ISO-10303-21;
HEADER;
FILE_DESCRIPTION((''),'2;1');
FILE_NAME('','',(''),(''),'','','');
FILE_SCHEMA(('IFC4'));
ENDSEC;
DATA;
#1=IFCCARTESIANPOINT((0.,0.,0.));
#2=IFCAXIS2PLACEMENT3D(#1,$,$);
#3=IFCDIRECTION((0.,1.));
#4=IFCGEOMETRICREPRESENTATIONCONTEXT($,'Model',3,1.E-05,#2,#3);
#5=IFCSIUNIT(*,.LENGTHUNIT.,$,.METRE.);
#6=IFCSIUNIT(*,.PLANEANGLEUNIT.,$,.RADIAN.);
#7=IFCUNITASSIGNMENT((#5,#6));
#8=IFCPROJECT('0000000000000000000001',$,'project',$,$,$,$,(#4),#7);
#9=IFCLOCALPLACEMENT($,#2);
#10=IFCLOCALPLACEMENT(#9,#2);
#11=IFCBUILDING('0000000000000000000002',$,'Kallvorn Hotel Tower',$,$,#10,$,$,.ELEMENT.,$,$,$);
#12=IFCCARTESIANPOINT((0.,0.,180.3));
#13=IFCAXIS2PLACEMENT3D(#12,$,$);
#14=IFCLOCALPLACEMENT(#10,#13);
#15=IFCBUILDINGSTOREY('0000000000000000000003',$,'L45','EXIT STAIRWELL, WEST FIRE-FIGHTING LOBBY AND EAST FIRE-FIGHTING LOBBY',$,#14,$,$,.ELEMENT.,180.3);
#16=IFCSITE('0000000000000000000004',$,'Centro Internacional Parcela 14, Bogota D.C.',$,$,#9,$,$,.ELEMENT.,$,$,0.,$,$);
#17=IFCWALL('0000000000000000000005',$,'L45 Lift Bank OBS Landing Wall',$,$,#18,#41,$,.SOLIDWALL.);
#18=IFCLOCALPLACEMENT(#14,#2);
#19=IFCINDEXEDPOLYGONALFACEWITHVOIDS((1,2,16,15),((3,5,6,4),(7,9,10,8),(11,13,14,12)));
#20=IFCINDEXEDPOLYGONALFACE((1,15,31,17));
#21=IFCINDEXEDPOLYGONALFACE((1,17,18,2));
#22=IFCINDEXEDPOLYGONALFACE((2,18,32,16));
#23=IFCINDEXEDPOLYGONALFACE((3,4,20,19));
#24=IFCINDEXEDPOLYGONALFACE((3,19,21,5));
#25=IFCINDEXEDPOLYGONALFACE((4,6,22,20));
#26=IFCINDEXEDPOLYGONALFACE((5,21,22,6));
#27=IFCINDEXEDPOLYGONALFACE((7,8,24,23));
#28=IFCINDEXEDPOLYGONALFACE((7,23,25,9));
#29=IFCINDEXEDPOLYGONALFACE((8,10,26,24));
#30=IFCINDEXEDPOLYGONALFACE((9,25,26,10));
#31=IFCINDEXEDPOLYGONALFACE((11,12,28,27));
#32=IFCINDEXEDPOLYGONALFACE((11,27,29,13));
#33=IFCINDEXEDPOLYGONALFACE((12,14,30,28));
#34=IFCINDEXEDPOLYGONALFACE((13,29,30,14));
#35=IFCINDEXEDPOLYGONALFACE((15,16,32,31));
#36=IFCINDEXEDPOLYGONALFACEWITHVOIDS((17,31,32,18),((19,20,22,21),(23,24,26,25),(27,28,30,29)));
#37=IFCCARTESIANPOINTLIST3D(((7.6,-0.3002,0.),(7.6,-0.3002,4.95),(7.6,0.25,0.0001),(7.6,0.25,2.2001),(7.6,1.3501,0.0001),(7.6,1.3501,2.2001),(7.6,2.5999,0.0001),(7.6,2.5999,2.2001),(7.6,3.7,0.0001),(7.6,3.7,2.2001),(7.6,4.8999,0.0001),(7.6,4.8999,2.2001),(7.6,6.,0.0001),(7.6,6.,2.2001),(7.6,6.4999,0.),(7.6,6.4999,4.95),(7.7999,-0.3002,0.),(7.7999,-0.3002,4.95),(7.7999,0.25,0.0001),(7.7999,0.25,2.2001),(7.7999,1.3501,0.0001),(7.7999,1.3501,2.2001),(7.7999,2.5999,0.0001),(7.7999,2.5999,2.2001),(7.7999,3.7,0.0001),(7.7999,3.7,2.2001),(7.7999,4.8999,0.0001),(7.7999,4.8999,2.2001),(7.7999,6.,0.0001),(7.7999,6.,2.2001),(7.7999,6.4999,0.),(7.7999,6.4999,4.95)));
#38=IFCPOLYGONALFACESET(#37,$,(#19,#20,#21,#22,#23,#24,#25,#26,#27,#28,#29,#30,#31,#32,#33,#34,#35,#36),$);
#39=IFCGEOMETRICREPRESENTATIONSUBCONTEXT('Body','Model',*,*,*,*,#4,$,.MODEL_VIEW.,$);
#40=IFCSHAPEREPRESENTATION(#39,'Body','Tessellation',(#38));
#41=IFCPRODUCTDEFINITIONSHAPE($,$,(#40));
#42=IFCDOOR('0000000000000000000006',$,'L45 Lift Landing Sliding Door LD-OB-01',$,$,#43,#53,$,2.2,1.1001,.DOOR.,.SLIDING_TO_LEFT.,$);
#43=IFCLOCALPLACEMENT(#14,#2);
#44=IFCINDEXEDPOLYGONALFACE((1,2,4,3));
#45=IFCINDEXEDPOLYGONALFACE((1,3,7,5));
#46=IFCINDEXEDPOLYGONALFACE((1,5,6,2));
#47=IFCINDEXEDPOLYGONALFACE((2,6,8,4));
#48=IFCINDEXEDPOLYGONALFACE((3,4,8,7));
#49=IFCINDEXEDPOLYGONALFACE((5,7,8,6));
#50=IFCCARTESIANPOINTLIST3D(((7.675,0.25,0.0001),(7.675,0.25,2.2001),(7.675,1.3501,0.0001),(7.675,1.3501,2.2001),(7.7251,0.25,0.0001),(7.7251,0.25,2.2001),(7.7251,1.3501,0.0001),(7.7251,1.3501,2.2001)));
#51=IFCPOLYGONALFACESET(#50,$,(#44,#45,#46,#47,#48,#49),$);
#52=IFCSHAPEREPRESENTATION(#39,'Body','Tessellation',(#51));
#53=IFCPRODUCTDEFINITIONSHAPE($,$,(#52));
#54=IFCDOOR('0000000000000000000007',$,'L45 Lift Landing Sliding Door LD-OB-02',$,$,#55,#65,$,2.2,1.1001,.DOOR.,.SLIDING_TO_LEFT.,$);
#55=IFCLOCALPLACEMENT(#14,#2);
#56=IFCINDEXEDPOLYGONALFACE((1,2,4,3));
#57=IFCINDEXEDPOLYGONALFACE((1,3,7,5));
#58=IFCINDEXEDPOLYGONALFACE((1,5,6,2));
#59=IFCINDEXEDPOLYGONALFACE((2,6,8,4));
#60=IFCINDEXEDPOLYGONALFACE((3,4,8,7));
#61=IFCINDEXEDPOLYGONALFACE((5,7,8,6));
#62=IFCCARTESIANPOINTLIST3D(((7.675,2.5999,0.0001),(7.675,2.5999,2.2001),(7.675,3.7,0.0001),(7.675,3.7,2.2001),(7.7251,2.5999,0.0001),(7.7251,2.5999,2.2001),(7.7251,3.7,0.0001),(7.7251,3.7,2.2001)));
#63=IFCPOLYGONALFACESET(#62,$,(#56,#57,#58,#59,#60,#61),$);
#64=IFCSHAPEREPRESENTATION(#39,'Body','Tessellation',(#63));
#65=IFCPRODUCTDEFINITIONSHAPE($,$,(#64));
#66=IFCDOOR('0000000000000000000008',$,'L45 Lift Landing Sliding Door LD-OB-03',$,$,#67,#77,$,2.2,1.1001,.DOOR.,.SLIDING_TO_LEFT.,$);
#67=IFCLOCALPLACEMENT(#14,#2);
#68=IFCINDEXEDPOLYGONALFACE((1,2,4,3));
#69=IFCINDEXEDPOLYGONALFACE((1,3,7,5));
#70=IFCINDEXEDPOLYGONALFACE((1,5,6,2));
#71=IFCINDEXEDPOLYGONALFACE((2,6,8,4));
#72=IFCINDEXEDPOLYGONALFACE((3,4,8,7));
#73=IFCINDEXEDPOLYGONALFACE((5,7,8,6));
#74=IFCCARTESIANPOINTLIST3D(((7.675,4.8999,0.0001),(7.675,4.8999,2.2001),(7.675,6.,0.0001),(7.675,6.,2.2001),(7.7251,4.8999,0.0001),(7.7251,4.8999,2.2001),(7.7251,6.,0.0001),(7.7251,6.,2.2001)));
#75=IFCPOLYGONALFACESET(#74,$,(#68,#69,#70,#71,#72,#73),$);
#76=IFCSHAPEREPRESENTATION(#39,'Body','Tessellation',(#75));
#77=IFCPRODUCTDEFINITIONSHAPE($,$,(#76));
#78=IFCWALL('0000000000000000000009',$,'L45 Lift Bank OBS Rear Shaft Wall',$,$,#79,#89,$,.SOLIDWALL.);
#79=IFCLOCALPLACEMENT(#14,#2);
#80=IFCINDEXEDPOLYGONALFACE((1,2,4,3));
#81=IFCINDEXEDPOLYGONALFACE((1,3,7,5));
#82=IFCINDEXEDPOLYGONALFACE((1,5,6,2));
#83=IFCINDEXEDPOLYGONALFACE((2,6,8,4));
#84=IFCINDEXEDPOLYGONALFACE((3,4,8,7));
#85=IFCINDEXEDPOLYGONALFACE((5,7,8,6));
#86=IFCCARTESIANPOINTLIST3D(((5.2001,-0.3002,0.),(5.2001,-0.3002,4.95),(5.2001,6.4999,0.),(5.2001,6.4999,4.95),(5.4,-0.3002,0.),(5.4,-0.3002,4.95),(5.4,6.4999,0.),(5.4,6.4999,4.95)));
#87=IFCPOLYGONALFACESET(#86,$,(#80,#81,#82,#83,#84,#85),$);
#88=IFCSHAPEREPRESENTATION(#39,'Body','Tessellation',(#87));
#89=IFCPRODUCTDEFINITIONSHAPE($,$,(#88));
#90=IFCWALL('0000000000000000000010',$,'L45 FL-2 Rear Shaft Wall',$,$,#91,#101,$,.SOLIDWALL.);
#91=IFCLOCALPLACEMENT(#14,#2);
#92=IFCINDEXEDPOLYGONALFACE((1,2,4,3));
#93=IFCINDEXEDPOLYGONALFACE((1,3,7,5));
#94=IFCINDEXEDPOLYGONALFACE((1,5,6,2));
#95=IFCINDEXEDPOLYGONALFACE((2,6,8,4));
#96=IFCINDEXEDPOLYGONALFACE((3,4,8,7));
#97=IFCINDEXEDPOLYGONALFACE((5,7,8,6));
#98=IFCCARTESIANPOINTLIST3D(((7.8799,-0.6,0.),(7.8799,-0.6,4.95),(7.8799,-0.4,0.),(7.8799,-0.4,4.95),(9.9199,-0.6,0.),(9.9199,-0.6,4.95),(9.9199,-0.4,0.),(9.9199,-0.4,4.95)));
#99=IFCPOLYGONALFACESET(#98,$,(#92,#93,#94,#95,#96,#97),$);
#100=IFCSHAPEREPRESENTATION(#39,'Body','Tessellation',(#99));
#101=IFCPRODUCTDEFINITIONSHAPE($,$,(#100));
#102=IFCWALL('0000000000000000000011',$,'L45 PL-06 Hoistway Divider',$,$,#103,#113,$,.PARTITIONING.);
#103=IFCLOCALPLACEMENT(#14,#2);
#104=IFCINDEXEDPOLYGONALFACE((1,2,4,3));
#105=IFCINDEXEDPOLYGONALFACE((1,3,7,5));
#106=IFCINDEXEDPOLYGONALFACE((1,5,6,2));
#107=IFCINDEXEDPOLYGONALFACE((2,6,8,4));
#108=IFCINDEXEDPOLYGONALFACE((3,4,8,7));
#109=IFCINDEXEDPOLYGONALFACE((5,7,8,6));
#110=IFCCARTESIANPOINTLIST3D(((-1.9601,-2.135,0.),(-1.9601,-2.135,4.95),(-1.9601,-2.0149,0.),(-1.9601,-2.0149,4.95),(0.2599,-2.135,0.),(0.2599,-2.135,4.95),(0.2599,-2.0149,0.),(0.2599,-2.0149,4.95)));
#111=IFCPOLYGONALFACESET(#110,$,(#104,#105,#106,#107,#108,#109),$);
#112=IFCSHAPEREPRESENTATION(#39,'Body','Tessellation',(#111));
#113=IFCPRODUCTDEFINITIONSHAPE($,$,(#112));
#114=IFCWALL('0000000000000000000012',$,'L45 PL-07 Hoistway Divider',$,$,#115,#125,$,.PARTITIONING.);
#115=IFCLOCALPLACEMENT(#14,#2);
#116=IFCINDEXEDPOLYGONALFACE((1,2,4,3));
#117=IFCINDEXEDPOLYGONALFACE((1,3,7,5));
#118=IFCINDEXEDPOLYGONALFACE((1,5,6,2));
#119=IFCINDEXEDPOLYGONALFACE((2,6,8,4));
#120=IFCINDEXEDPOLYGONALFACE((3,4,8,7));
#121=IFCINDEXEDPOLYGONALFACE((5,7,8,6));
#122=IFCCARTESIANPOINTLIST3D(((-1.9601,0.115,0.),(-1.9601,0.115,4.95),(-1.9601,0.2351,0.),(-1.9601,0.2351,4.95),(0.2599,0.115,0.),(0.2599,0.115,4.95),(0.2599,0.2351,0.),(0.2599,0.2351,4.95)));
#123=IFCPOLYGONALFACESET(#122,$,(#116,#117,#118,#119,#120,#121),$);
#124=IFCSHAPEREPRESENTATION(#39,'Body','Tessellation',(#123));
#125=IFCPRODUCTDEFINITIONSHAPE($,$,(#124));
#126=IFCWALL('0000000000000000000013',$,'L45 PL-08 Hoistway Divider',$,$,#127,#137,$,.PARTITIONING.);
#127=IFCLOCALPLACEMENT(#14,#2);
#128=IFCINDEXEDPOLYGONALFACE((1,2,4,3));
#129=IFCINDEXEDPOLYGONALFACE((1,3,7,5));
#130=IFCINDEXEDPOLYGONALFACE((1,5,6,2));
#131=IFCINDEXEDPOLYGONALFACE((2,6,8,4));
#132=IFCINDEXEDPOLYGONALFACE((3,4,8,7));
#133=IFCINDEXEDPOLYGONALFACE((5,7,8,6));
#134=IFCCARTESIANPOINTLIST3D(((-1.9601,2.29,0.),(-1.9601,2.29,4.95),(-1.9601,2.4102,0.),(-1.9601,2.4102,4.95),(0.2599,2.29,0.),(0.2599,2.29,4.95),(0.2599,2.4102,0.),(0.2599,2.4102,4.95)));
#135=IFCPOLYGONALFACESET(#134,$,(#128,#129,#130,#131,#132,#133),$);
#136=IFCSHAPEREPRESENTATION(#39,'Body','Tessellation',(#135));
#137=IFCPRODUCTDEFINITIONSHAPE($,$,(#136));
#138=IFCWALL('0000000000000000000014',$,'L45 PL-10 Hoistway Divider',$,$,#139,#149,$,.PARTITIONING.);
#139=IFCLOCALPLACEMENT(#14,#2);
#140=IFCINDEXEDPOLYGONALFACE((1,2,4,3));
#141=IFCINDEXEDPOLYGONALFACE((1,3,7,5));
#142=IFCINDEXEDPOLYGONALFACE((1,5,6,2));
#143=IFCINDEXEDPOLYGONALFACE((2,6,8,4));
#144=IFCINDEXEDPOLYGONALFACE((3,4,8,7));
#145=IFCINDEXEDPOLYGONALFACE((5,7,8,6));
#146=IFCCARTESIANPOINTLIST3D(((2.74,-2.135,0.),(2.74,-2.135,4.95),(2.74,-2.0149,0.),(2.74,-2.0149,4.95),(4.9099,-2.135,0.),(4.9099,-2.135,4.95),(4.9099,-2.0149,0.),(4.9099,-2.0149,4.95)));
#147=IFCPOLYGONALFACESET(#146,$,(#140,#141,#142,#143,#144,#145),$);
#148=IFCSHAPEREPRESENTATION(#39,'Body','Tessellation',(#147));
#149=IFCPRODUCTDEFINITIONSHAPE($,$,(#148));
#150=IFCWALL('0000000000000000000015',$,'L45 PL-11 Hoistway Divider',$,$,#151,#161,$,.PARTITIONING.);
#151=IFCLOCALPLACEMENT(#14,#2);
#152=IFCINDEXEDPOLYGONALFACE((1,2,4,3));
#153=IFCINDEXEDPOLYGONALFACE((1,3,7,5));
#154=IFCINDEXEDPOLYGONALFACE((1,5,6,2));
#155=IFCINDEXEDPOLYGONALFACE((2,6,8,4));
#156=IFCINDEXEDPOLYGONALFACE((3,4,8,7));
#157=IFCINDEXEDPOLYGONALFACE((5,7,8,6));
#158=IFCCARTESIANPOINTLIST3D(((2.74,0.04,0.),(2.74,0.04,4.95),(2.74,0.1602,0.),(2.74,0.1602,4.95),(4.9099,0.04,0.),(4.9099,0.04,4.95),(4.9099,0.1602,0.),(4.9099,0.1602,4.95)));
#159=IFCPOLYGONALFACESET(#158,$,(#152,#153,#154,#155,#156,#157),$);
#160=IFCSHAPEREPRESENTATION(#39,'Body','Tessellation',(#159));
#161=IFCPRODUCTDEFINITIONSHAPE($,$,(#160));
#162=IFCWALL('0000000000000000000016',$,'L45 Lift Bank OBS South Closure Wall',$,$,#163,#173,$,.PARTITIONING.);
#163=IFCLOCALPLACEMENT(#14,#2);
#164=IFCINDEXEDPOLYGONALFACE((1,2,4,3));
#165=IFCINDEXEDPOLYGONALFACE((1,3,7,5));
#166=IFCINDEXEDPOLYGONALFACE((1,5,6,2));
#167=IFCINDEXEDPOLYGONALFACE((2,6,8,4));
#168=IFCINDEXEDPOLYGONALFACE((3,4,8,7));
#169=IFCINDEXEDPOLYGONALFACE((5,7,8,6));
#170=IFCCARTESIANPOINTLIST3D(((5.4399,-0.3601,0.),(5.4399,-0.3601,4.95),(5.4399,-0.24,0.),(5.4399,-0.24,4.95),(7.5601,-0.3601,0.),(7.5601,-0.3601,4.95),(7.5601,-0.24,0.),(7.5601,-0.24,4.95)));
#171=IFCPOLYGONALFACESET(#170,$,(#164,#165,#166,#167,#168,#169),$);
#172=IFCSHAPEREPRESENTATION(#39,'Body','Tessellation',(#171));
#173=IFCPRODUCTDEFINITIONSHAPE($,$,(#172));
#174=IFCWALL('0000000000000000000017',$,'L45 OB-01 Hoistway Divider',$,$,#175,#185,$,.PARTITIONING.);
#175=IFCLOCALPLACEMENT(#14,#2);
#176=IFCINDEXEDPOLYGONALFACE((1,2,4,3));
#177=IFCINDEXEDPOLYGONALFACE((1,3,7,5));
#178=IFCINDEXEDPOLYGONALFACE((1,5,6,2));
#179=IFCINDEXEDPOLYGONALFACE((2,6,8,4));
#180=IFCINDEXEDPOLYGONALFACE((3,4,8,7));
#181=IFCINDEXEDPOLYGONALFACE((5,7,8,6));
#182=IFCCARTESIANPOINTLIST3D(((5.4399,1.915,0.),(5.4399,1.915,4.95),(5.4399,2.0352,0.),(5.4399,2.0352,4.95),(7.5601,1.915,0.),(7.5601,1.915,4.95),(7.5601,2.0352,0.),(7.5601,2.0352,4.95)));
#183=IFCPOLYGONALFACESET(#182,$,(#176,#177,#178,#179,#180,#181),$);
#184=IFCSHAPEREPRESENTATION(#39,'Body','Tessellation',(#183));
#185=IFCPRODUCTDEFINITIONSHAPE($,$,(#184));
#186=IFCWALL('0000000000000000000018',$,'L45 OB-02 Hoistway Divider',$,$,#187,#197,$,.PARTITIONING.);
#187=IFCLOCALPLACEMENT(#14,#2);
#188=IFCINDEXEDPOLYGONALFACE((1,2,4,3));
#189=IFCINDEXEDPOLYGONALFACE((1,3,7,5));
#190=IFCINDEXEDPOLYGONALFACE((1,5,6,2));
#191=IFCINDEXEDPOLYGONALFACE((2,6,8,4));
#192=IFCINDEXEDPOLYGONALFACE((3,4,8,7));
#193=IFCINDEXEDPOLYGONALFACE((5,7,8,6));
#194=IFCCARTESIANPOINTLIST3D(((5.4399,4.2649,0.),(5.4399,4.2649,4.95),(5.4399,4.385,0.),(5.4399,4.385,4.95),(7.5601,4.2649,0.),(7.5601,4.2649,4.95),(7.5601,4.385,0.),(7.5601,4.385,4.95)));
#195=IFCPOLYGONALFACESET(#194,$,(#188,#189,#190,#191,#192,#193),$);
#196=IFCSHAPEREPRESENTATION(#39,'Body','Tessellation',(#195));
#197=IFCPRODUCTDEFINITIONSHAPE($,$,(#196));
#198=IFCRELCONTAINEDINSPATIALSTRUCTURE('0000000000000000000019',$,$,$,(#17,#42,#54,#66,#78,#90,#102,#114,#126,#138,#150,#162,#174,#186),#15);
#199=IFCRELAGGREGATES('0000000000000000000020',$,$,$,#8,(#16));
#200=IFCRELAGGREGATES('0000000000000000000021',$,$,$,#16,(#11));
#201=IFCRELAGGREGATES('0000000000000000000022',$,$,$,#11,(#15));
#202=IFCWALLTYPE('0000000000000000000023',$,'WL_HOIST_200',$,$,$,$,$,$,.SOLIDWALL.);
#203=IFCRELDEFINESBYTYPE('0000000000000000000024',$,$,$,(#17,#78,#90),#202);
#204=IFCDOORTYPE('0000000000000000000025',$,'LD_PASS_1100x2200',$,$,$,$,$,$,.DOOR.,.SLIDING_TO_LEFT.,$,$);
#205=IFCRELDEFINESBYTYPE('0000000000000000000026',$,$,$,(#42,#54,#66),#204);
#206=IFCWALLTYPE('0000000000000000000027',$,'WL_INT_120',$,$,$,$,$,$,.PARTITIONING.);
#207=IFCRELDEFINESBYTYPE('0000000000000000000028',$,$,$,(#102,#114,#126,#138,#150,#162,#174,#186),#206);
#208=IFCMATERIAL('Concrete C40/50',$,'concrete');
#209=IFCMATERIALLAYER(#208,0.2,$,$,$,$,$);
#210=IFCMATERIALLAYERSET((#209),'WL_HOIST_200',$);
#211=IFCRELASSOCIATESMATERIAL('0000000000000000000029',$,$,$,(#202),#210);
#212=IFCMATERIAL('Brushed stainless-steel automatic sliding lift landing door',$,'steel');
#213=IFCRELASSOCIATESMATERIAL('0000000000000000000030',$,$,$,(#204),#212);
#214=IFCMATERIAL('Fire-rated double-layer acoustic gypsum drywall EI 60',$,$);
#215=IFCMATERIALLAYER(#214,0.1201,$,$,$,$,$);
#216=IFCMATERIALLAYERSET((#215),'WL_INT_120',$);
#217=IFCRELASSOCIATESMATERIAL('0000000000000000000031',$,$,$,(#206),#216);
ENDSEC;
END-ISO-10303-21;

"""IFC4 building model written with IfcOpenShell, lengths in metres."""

from ifc_helpers import new_model, si_unit, direction, frame, frame_2d, origin, place, context, subcontext, project, spatial, rectangle, extrude, material, layer, layer_set, type_object, element, fill, save


model = new_model("IFC4")

# Units and contexts
model_context = context("Model", 3, precision=1e-05, world=origin(), true_north=direction((0.0, 1.0)))
body_context = subcontext(model_context, "Body", "Model", "MODEL_VIEW")
ifc_project = project(units=[si_unit("LENGTHUNIT", "METRE"), si_unit("PLANEANGLEUNIT", "RADIAN")], contexts=[model_context])

# Site, building, storey
site_placement = place(None, origin())
site = spatial("IfcSite", under=ifc_project, at=site_placement, Name="Centro Internacional Parcela 14, Bogota D.C.", CompositionType="ELEMENT", RefElevation=0.0)
building_placement = place(site_placement, origin())
building = spatial("IfcBuilding", under=site, at=building_placement, Name="Kallvorn Hotel Tower", CompositionType="ELEMENT")
storey_placement = place(building_placement, frame((0.0, 0.0, 180.3)))
storey = spatial("IfcBuildingStorey", under=building, at=storey_placement, Name="L45", Description="EXIT STAIRWELL, WEST FIRE-FIGHTING LOBBY AND EAST FIRE-FIGHTING LOBBY", CompositionType="ELEMENT", Elevation=180.3)

# Shared definitions
ifc_material_1 = material(Name="Concrete C40/50", Category="concrete")
ifc_layer_1 = layer(ifc_material_1, 0.2)
ifc_layer_set_1 = layer_set([ifc_layer_1], Name="WL_HOIST_200")
wall_type_1 = type_object("IfcWallType", Name="WL_HOIST_200", PredefinedType="SOLIDWALL", material=ifc_layer_set_1)

# Wall, openings, doors
wall_1_placement = place(storey_placement, frame((7.7, -0.3, 0.0), z_axis=(0.0, 0.0, 1.0), x_axis=(0.0, 1.0, 0.0)))
wall_1 = element("IfcWall", 1, at=wall_1_placement, inside=storey, type_object=wall_type_1, Name="L45 Lift Bank OBS Landing Wall", PredefinedType="SOLIDWALL", context=body_context, shape_type="SweptSolid", body=[
    extrude(rectangle(XDim=6.8, YDim=0.2, at=frame_2d((3.3999, 0.0))), origin(), (0.0, 0.0, 1.0), 4.95),
])
opening_1_placement = place(wall_1_placement, frame((0.55, 0.0, 0.0)))
opening_1 = element("IfcOpeningElement", 2, at=opening_1_placement, cuts=wall_1, PredefinedType="OPENING", context=body_context, shape_type="SweptSolid", body=[
    extrude(rectangle(XDim=1.1001, YDim=2.2, at=frame_2d((0.55, 1.1001))), frame((0.0, 0.115, 0.0), z_axis=(0.0, -1.0, 0.0), x_axis=(1.0, 0.0, 0.0)), (0.0, 0.0, 1.0), 0.23),
])
opening_2_placement = place(wall_1_placement, frame((2.8999, 0.0, 0.0)))
opening_2 = element("IfcOpeningElement", 3, at=opening_2_placement, cuts=wall_1, PredefinedType="OPENING", context=body_context, shape_type="SweptSolid", body=[
    extrude(rectangle(XDim=1.1001, YDim=2.2, at=frame_2d((0.55, 1.1001))), frame((0.0, 0.115, 0.0), z_axis=(0.0, -1.0, 0.0), x_axis=(1.0, 0.0, 0.0)), (0.0, 0.0, 1.0), 0.23),
])
opening_3_placement = place(wall_1_placement, frame((5.2, 0.0, 0.0)))
opening_3 = element("IfcOpeningElement", 4, at=opening_3_placement, cuts=wall_1, PredefinedType="OPENING", context=body_context, shape_type="SweptSolid", body=[
    extrude(rectangle(XDim=1.1001, YDim=2.2, at=frame_2d((0.55, 1.1001))), frame((0.0, 0.115, 0.0), z_axis=(0.0, -1.0, 0.0), x_axis=(1.0, 0.0, 0.0)), (0.0, 0.0, 1.0), 0.23),
])
ifc_material_2 = material(Name="Brushed stainless-steel automatic sliding lift landing door", Category="steel")
door_type_1 = type_object("IfcDoorType", Name="LD_PASS_1100x2200", OperationType="SLIDING_TO_LEFT", PredefinedType="DOOR", material=ifc_material_2)
door_1_placement = place(opening_1_placement, origin())
door_1 = element("IfcDoor", 5, at=door_1_placement, inside=storey, type_object=door_type_1, Name="L45 Lift Landing Sliding Door LD-OB-01", OperationType="SLIDING_TO_LEFT", OverallHeight=2.2, OverallWidth=1.1001, PredefinedType="DOOR", context=body_context, shape_type="SweptSolid", body=[
    extrude(rectangle(XDim=1.1001, YDim=2.2, at=frame_2d((0.55, 1.1001))), frame((0.0, 0.0249, 0.0), z_axis=(0.0, -1.0, 0.0), x_axis=(1.0, 0.0, 0.0)), (0.0, 0.0, 1.0), 0.05),
])
fill(opening_1, door_1)
door_2_placement = place(opening_2_placement, origin())
door_2 = element("IfcDoor", 6, at=door_2_placement, inside=storey, type_object=door_type_1, Name="L45 Lift Landing Sliding Door LD-OB-02", OperationType="SLIDING_TO_LEFT", OverallHeight=2.2, OverallWidth=1.1001, PredefinedType="DOOR", context=body_context, shape_type="SweptSolid", body=[
    extrude(rectangle(XDim=1.1001, YDim=2.2, at=frame_2d((0.55, 1.1001))), frame((0.0, 0.0249, 0.0), z_axis=(0.0, -1.0, 0.0), x_axis=(1.0, 0.0, 0.0)), (0.0, 0.0, 1.0), 0.05),
])
fill(opening_2, door_2)
door_3_placement = place(opening_3_placement, origin())
door_3 = element("IfcDoor", 7, at=door_3_placement, inside=storey, type_object=door_type_1, Name="L45 Lift Landing Sliding Door LD-OB-03", OperationType="SLIDING_TO_LEFT", OverallHeight=2.2, OverallWidth=1.1001, PredefinedType="DOOR", context=body_context, shape_type="SweptSolid", body=[
    extrude(rectangle(XDim=1.1001, YDim=2.2, at=frame_2d((0.55, 1.1001))), frame((0.0, 0.0249, 0.0), z_axis=(0.0, -1.0, 0.0), x_axis=(1.0, 0.0, 0.0)), (0.0, 0.0, 1.0), 0.05),
])
fill(opening_3, door_3)

# Walls
wall_2_placement = place(storey_placement, frame((5.3, -0.3, 0.0), z_axis=(0.0, 0.0, 1.0), x_axis=(0.0, 1.0, 0.0)))
element("IfcWall", 8, at=wall_2_placement, inside=storey, type_object=wall_type_1, Name="L45 Lift Bank OBS Rear Shaft Wall", PredefinedType="SOLIDWALL", context=body_context, shape_type="SweptSolid", body=[
    extrude(rectangle(XDim=6.8, YDim=0.2, at=frame_2d((3.3999, 0.0))), origin(), (0.0, 0.0, 1.0), 4.95),
])
wall_3_placement = place(storey_placement, frame((7.8799, -0.5, 0.0), z_axis=(0.0, 0.0, 1.0), x_axis=(1.0, 0.0, 0.0)))
element("IfcWall", 9, at=wall_3_placement, inside=storey, type_object=wall_type_1, Name="L45 FL-2 Rear Shaft Wall", PredefinedType="SOLIDWALL", context=body_context, shape_type="SweptSolid", body=[
    extrude(rectangle(XDim=2.04, YDim=0.2, at=frame_2d((1.02, 0.0))), origin(), (0.0, 0.0, 1.0), 4.95),
])
ifc_material_3 = material(Name="Fire-rated double-layer acoustic gypsum drywall EI 60")
ifc_layer_2 = layer(ifc_material_3, 0.1201)
ifc_layer_set_2 = layer_set([ifc_layer_2], Name="WL_INT_120")
wall_type_2 = type_object("IfcWallType", Name="WL_INT_120", PredefinedType="PARTITIONING", material=ifc_layer_set_2)
for number, where, z_axis, x_axis, name in (
    (10, (-1.96, -2.075, 0.0), (0.0, 0.0, 1.0), (1.0, 0.0, 0.0), "L45 PL-06 Hoistway Divider"),
    (11, (-1.96, 0.175, 0.0), (0.0, 0.0, 1.0), (1.0, 0.0, 0.0), "L45 PL-07 Hoistway Divider"),
    (12, (-1.96, 2.3501, 0.0), (0.0, 0.0, 1.0), (1.0, 0.0, 0.0), "L45 PL-08 Hoistway Divider"),
):
    element("IfcWall", number, at=place(storey_placement, frame(where, z_axis=z_axis, x_axis=x_axis)), inside=storey, type_object=wall_type_2, Name=name, PredefinedType="PARTITIONING", context=body_context, shape_type="SweptSolid", body=[
        extrude(rectangle(XDim=2.22, YDim=0.1201, at=frame_2d((1.1099, 0.0))), origin(), (0.0, 0.0, 1.0), 4.95),
    ])
for number, where, z_axis, x_axis, name in (
    (13, (2.74, -2.075, 0.0), (0.0, 0.0, 1.0), (1.0, 0.0, 0.0), "L45 PL-10 Hoistway Divider"),
    (14, (2.74, 0.1001, 0.0), (0.0, 0.0, 1.0), (1.0, 0.0, 0.0), "L45 PL-11 Hoistway Divider"),
):
    element("IfcWall", number, at=place(storey_placement, frame(where, z_axis=z_axis, x_axis=x_axis)), inside=storey, type_object=wall_type_2, Name=name, PredefinedType="PARTITIONING", context=body_context, shape_type="SweptSolid", body=[
        extrude(rectangle(XDim=2.1699, YDim=0.1201, at=frame_2d((1.085, 0.0))), origin(), (0.0, 0.0, 1.0), 4.95),
    ])
for number, where, z_axis, x_axis, name in (
    (15, (5.4399, -0.3, 0.0), (0.0, 0.0, 1.0), (1.0, 0.0, 0.0), "L45 Lift Bank OBS South Closure Wall"),
    (16, (5.4399, 1.9751, 0.0), (0.0, 0.0, 1.0), (1.0, 0.0, 0.0), "L45 OB-01 Hoistway Divider"),
    (17, (5.4399, 4.325, 0.0), (0.0, 0.0, 1.0), (1.0, 0.0, 0.0), "L45 OB-02 Hoistway Divider"),
):
    element("IfcWall", number, at=place(storey_placement, frame(where, z_axis=z_axis, x_axis=x_axis)), inside=storey, type_object=wall_type_2, Name=name, PredefinedType="PARTITIONING", context=body_context, shape_type="SweptSolid", body=[
        extrude(rectangle(XDim=2.1201, YDim=0.1201, at=frame_2d((1.0601, 0.0))), origin(), (0.0, 0.0, 1.0), 4.95),
    ])

save(model, "model.ifc")
